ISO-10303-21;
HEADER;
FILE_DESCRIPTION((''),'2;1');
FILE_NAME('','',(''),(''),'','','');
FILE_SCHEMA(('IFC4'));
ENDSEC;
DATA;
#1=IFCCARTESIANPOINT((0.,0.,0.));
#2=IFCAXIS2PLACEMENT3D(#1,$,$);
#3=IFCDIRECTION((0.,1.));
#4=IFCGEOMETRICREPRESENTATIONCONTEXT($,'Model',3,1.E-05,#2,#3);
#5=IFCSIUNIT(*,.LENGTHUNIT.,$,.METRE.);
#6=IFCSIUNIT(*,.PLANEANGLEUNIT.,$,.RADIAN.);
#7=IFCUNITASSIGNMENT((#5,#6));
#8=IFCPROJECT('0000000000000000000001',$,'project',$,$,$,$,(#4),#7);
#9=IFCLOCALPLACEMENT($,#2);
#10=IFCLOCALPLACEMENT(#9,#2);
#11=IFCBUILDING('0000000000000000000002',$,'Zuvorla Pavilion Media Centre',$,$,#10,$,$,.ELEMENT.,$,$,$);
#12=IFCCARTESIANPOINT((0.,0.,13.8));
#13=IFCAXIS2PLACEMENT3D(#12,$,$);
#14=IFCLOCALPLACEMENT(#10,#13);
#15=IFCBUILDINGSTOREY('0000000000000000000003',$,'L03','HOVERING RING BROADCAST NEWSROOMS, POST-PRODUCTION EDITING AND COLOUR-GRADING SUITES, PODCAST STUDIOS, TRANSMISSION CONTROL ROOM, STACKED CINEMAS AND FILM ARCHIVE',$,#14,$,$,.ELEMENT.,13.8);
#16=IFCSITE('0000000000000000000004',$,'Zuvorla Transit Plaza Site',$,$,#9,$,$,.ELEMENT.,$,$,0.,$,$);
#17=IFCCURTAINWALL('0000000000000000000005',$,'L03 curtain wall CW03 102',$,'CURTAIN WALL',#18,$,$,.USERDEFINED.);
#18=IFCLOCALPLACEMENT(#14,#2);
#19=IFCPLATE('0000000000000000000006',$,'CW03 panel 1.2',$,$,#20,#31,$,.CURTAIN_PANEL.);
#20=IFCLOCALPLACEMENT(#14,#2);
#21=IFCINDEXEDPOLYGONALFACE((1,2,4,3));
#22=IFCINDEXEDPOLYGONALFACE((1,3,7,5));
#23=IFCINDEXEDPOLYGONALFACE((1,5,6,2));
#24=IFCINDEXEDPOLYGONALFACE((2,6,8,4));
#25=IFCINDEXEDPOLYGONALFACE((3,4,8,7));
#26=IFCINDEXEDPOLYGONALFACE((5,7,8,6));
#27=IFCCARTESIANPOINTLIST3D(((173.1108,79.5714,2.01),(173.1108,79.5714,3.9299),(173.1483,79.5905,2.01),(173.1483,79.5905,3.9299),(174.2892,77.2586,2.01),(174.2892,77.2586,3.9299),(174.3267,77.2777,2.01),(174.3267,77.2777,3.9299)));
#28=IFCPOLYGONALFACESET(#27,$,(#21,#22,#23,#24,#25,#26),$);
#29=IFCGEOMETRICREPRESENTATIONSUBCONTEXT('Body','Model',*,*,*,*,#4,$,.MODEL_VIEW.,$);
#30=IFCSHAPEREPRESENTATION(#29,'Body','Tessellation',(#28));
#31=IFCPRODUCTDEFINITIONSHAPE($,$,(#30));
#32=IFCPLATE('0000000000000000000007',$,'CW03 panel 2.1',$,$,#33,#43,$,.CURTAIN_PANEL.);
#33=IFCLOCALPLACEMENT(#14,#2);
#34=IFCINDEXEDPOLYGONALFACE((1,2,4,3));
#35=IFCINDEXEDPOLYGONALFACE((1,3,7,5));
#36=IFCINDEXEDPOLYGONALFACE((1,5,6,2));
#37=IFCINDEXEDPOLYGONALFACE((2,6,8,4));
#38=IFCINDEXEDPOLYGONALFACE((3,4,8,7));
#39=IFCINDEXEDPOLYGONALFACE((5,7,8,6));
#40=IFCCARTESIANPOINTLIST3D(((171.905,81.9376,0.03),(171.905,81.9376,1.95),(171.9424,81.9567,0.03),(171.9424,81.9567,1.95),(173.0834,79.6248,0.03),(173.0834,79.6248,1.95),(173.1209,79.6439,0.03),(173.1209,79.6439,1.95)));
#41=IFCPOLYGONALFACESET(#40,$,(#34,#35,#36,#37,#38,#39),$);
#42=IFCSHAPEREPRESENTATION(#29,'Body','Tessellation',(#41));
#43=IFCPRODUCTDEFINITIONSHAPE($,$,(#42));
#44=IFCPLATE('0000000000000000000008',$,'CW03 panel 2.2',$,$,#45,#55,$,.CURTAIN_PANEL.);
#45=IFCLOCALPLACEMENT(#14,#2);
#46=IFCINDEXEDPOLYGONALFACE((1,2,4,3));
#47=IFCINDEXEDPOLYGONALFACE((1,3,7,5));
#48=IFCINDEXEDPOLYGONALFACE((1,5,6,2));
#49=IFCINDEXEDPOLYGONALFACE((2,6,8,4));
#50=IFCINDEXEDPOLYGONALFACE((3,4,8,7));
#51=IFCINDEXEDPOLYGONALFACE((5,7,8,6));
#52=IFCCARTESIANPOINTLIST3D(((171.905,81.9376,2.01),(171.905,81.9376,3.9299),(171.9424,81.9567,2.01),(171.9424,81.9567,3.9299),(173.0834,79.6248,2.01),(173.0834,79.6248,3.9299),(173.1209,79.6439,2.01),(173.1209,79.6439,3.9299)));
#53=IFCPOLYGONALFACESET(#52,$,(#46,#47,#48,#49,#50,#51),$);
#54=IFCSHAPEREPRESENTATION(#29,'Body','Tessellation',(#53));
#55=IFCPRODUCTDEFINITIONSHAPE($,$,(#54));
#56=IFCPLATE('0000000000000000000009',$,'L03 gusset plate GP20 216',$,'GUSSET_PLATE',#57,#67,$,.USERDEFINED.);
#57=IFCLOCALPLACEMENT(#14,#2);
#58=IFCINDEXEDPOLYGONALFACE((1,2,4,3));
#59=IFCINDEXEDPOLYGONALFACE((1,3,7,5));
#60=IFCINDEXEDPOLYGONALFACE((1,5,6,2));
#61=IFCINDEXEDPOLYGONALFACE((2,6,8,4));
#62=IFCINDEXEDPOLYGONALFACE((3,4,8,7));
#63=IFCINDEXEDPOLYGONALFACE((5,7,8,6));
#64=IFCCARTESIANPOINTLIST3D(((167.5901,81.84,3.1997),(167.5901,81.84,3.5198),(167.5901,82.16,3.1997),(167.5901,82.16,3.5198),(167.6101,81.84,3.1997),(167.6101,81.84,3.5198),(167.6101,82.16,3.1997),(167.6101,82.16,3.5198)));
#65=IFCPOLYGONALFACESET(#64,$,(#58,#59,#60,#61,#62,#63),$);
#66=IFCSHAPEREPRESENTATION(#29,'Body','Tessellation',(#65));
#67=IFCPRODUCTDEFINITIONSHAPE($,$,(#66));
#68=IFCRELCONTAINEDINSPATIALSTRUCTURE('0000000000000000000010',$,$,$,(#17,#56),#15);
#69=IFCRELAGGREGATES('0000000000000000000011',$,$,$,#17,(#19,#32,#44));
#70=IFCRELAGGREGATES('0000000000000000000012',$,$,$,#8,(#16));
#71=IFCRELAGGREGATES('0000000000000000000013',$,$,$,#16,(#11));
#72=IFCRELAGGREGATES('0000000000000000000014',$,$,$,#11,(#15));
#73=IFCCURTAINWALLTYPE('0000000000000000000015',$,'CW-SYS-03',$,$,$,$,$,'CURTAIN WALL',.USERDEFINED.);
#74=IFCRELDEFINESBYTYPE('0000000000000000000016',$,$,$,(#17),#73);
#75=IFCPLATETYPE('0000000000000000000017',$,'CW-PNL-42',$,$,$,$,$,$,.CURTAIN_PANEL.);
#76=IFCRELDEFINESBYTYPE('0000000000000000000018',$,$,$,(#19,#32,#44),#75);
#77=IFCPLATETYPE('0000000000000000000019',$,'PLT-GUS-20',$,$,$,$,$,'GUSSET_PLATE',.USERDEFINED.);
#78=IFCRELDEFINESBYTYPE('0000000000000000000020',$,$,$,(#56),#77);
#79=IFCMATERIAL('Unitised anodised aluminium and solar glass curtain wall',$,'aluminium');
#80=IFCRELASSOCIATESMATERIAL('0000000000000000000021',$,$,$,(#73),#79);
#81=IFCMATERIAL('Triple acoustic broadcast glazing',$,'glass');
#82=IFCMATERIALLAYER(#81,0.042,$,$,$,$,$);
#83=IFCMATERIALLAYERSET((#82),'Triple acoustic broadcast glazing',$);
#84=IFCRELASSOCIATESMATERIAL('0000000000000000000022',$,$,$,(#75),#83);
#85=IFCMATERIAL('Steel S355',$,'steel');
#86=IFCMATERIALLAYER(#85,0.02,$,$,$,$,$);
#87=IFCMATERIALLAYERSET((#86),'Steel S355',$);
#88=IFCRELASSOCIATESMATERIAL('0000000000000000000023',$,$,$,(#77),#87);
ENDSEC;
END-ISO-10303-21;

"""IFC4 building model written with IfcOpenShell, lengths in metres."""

from ifc_helpers import new_model, si_unit, direction, frame, origin, origin_2d, place, context, subcontext, project, spatial, rectangle, extrude, material, layer, layer_set, type_object, element, aggregate, save


model = new_model("IFC4")

# Units and contexts
model_context = context("Model", 3, precision=1e-05, world=origin(), true_north=direction((0.0, 1.0)))
body_context = subcontext(model_context, "Body", "Model", "MODEL_VIEW")
ifc_project = project(units=[si_unit("LENGTHUNIT", "METRE"), si_unit("PLANEANGLEUNIT", "RADIAN")], contexts=[model_context])

# Site, building, storey
site_placement = place(None, origin())
site = spatial("IfcSite", under=ifc_project, at=site_placement, Name="Zuvorla Transit Plaza Site", CompositionType="ELEMENT", RefElevation=0.0)
building_placement = place(site_placement, origin())
building = spatial("IfcBuilding", under=site, at=building_placement, Name="Zuvorla Pavilion Media Centre", CompositionType="ELEMENT")
storey_placement = place(building_placement, frame((0.0, 0.0, 13.8)))
storey = spatial("IfcBuildingStorey", under=building, at=storey_placement, Name="L03", Description="HOVERING RING BROADCAST NEWSROOMS, POST-PRODUCTION EDITING AND COLOUR-GRADING SUITES, PODCAST STUDIOS, TRANSMISSION CONTROL ROOM, STACKED CINEMAS AND FILM ARCHIVE", CompositionType="ELEMENT", Elevation=13.8)

# Shared definitions
ifc_material_1 = material(Name="Steel S355", Category="steel")

# Curtain wall
ifc_material_2 = material(Name="Unitised anodised aluminium and solar glass curtain wall", Category="aluminium")
curtain_wall_type_1 = type_object("IfcCurtainWallType", Name="CW-SYS-03", ElementType="CURTAIN WALL", PredefinedType="USERDEFINED", material=ifc_material_2)
curtain_wall_1_placement = place(storey_placement, origin())
curtain_wall_1 = element("IfcCurtainWall", 1, at=curtain_wall_1_placement, inside=storey, type_object=curtain_wall_type_1, Name="L03 curtain wall CW03 102", ObjectType="CURTAIN WALL", PredefinedType="USERDEFINED")

# Plates
ifc_material_3 = material(Name="Triple acoustic broadcast glazing", Category="glass")
ifc_layer_1 = layer(ifc_material_3, 0.042)
ifc_layer_set_1 = layer_set([ifc_layer_1], Name="Triple acoustic broadcast glazing")
plate_type_1 = type_object("IfcPlateType", Name="CW-PNL-42", PredefinedType="CURTAIN_PANEL", material=ifc_layer_set_1)
plate_1_placement = place(storey_placement, frame((173.7188, 78.4246, 2.01), z_axis=(0.0, 0.0, 1.0), x_axis=(-0.453986, 0.891009, 0.0)))
plate_1 = element("IfcPlate", 2, at=plate_1_placement, type_object=plate_type_1, Name="CW03 panel 1.2", PredefinedType="CURTAIN_PANEL", context=body_context, shape_type="SweptSolid", body=[
    extrude(rectangle(XDim=2.5957, YDim=0.042, at=origin_2d()), origin(), (0.0, 0.0, 1.0), 1.9199),
])
plate_2_placement = place(storey_placement, frame((172.5129, 80.7908, 0.03), z_axis=(0.0, 0.0, 1.0), x_axis=(-0.453986, 0.891009, 0.0)))
plate_2 = element("IfcPlate", 3, at=plate_2_placement, type_object=plate_type_1, Name="CW03 panel 2.1", PredefinedType="CURTAIN_PANEL", context=body_context, shape_type="SweptSolid", body=[
    extrude(rectangle(XDim=2.5957, YDim=0.042, at=origin_2d()), origin(), (0.0, 0.0, 1.0), 1.9199),
])
plate_3_placement = place(storey_placement, frame((172.5129, 80.7908, 2.01), z_axis=(0.0, 0.0, 1.0), x_axis=(-0.453986, 0.891009, 0.0)))
plate_3 = element("IfcPlate", 4, at=plate_3_placement, type_object=plate_type_1, Name="CW03 panel 2.2", PredefinedType="CURTAIN_PANEL", context=body_context, shape_type="SweptSolid", body=[
    extrude(rectangle(XDim=2.5957, YDim=0.042, at=origin_2d()), origin(), (0.0, 0.0, 1.0), 1.9199),
])
aggregate(curtain_wall_1, [plate_1, plate_2, plate_3])
ifc_layer_2 = layer(ifc_material_1, 0.02)
ifc_layer_set_2 = layer_set([ifc_layer_2], Name="Steel S355")
plate_type_2 = type_object("IfcPlateType", Name="PLT-GUS-20", ElementType="GUSSET_PLATE", PredefinedType="USERDEFINED", material=ifc_layer_set_2)
plate_4_placement = place(storey_placement, frame((167.6001, 82.0, 3.1997), z_axis=(0.0, 0.0, 1.0), x_axis=(1.0, 0.0, 0.0)))
element("IfcPlate", 5, at=plate_4_placement, inside=storey, type_object=plate_type_2, Name="L03 gusset plate GP20 216", ObjectType="GUSSET_PLATE", PredefinedType="USERDEFINED", context=body_context, shape_type="SweptSolid", body=[
    extrude(rectangle(XDim=0.02, YDim=0.3201, at=origin_2d()), origin(), (0.0, 0.0, 1.0), 0.3201),
])

save(model, "model.ifc")
